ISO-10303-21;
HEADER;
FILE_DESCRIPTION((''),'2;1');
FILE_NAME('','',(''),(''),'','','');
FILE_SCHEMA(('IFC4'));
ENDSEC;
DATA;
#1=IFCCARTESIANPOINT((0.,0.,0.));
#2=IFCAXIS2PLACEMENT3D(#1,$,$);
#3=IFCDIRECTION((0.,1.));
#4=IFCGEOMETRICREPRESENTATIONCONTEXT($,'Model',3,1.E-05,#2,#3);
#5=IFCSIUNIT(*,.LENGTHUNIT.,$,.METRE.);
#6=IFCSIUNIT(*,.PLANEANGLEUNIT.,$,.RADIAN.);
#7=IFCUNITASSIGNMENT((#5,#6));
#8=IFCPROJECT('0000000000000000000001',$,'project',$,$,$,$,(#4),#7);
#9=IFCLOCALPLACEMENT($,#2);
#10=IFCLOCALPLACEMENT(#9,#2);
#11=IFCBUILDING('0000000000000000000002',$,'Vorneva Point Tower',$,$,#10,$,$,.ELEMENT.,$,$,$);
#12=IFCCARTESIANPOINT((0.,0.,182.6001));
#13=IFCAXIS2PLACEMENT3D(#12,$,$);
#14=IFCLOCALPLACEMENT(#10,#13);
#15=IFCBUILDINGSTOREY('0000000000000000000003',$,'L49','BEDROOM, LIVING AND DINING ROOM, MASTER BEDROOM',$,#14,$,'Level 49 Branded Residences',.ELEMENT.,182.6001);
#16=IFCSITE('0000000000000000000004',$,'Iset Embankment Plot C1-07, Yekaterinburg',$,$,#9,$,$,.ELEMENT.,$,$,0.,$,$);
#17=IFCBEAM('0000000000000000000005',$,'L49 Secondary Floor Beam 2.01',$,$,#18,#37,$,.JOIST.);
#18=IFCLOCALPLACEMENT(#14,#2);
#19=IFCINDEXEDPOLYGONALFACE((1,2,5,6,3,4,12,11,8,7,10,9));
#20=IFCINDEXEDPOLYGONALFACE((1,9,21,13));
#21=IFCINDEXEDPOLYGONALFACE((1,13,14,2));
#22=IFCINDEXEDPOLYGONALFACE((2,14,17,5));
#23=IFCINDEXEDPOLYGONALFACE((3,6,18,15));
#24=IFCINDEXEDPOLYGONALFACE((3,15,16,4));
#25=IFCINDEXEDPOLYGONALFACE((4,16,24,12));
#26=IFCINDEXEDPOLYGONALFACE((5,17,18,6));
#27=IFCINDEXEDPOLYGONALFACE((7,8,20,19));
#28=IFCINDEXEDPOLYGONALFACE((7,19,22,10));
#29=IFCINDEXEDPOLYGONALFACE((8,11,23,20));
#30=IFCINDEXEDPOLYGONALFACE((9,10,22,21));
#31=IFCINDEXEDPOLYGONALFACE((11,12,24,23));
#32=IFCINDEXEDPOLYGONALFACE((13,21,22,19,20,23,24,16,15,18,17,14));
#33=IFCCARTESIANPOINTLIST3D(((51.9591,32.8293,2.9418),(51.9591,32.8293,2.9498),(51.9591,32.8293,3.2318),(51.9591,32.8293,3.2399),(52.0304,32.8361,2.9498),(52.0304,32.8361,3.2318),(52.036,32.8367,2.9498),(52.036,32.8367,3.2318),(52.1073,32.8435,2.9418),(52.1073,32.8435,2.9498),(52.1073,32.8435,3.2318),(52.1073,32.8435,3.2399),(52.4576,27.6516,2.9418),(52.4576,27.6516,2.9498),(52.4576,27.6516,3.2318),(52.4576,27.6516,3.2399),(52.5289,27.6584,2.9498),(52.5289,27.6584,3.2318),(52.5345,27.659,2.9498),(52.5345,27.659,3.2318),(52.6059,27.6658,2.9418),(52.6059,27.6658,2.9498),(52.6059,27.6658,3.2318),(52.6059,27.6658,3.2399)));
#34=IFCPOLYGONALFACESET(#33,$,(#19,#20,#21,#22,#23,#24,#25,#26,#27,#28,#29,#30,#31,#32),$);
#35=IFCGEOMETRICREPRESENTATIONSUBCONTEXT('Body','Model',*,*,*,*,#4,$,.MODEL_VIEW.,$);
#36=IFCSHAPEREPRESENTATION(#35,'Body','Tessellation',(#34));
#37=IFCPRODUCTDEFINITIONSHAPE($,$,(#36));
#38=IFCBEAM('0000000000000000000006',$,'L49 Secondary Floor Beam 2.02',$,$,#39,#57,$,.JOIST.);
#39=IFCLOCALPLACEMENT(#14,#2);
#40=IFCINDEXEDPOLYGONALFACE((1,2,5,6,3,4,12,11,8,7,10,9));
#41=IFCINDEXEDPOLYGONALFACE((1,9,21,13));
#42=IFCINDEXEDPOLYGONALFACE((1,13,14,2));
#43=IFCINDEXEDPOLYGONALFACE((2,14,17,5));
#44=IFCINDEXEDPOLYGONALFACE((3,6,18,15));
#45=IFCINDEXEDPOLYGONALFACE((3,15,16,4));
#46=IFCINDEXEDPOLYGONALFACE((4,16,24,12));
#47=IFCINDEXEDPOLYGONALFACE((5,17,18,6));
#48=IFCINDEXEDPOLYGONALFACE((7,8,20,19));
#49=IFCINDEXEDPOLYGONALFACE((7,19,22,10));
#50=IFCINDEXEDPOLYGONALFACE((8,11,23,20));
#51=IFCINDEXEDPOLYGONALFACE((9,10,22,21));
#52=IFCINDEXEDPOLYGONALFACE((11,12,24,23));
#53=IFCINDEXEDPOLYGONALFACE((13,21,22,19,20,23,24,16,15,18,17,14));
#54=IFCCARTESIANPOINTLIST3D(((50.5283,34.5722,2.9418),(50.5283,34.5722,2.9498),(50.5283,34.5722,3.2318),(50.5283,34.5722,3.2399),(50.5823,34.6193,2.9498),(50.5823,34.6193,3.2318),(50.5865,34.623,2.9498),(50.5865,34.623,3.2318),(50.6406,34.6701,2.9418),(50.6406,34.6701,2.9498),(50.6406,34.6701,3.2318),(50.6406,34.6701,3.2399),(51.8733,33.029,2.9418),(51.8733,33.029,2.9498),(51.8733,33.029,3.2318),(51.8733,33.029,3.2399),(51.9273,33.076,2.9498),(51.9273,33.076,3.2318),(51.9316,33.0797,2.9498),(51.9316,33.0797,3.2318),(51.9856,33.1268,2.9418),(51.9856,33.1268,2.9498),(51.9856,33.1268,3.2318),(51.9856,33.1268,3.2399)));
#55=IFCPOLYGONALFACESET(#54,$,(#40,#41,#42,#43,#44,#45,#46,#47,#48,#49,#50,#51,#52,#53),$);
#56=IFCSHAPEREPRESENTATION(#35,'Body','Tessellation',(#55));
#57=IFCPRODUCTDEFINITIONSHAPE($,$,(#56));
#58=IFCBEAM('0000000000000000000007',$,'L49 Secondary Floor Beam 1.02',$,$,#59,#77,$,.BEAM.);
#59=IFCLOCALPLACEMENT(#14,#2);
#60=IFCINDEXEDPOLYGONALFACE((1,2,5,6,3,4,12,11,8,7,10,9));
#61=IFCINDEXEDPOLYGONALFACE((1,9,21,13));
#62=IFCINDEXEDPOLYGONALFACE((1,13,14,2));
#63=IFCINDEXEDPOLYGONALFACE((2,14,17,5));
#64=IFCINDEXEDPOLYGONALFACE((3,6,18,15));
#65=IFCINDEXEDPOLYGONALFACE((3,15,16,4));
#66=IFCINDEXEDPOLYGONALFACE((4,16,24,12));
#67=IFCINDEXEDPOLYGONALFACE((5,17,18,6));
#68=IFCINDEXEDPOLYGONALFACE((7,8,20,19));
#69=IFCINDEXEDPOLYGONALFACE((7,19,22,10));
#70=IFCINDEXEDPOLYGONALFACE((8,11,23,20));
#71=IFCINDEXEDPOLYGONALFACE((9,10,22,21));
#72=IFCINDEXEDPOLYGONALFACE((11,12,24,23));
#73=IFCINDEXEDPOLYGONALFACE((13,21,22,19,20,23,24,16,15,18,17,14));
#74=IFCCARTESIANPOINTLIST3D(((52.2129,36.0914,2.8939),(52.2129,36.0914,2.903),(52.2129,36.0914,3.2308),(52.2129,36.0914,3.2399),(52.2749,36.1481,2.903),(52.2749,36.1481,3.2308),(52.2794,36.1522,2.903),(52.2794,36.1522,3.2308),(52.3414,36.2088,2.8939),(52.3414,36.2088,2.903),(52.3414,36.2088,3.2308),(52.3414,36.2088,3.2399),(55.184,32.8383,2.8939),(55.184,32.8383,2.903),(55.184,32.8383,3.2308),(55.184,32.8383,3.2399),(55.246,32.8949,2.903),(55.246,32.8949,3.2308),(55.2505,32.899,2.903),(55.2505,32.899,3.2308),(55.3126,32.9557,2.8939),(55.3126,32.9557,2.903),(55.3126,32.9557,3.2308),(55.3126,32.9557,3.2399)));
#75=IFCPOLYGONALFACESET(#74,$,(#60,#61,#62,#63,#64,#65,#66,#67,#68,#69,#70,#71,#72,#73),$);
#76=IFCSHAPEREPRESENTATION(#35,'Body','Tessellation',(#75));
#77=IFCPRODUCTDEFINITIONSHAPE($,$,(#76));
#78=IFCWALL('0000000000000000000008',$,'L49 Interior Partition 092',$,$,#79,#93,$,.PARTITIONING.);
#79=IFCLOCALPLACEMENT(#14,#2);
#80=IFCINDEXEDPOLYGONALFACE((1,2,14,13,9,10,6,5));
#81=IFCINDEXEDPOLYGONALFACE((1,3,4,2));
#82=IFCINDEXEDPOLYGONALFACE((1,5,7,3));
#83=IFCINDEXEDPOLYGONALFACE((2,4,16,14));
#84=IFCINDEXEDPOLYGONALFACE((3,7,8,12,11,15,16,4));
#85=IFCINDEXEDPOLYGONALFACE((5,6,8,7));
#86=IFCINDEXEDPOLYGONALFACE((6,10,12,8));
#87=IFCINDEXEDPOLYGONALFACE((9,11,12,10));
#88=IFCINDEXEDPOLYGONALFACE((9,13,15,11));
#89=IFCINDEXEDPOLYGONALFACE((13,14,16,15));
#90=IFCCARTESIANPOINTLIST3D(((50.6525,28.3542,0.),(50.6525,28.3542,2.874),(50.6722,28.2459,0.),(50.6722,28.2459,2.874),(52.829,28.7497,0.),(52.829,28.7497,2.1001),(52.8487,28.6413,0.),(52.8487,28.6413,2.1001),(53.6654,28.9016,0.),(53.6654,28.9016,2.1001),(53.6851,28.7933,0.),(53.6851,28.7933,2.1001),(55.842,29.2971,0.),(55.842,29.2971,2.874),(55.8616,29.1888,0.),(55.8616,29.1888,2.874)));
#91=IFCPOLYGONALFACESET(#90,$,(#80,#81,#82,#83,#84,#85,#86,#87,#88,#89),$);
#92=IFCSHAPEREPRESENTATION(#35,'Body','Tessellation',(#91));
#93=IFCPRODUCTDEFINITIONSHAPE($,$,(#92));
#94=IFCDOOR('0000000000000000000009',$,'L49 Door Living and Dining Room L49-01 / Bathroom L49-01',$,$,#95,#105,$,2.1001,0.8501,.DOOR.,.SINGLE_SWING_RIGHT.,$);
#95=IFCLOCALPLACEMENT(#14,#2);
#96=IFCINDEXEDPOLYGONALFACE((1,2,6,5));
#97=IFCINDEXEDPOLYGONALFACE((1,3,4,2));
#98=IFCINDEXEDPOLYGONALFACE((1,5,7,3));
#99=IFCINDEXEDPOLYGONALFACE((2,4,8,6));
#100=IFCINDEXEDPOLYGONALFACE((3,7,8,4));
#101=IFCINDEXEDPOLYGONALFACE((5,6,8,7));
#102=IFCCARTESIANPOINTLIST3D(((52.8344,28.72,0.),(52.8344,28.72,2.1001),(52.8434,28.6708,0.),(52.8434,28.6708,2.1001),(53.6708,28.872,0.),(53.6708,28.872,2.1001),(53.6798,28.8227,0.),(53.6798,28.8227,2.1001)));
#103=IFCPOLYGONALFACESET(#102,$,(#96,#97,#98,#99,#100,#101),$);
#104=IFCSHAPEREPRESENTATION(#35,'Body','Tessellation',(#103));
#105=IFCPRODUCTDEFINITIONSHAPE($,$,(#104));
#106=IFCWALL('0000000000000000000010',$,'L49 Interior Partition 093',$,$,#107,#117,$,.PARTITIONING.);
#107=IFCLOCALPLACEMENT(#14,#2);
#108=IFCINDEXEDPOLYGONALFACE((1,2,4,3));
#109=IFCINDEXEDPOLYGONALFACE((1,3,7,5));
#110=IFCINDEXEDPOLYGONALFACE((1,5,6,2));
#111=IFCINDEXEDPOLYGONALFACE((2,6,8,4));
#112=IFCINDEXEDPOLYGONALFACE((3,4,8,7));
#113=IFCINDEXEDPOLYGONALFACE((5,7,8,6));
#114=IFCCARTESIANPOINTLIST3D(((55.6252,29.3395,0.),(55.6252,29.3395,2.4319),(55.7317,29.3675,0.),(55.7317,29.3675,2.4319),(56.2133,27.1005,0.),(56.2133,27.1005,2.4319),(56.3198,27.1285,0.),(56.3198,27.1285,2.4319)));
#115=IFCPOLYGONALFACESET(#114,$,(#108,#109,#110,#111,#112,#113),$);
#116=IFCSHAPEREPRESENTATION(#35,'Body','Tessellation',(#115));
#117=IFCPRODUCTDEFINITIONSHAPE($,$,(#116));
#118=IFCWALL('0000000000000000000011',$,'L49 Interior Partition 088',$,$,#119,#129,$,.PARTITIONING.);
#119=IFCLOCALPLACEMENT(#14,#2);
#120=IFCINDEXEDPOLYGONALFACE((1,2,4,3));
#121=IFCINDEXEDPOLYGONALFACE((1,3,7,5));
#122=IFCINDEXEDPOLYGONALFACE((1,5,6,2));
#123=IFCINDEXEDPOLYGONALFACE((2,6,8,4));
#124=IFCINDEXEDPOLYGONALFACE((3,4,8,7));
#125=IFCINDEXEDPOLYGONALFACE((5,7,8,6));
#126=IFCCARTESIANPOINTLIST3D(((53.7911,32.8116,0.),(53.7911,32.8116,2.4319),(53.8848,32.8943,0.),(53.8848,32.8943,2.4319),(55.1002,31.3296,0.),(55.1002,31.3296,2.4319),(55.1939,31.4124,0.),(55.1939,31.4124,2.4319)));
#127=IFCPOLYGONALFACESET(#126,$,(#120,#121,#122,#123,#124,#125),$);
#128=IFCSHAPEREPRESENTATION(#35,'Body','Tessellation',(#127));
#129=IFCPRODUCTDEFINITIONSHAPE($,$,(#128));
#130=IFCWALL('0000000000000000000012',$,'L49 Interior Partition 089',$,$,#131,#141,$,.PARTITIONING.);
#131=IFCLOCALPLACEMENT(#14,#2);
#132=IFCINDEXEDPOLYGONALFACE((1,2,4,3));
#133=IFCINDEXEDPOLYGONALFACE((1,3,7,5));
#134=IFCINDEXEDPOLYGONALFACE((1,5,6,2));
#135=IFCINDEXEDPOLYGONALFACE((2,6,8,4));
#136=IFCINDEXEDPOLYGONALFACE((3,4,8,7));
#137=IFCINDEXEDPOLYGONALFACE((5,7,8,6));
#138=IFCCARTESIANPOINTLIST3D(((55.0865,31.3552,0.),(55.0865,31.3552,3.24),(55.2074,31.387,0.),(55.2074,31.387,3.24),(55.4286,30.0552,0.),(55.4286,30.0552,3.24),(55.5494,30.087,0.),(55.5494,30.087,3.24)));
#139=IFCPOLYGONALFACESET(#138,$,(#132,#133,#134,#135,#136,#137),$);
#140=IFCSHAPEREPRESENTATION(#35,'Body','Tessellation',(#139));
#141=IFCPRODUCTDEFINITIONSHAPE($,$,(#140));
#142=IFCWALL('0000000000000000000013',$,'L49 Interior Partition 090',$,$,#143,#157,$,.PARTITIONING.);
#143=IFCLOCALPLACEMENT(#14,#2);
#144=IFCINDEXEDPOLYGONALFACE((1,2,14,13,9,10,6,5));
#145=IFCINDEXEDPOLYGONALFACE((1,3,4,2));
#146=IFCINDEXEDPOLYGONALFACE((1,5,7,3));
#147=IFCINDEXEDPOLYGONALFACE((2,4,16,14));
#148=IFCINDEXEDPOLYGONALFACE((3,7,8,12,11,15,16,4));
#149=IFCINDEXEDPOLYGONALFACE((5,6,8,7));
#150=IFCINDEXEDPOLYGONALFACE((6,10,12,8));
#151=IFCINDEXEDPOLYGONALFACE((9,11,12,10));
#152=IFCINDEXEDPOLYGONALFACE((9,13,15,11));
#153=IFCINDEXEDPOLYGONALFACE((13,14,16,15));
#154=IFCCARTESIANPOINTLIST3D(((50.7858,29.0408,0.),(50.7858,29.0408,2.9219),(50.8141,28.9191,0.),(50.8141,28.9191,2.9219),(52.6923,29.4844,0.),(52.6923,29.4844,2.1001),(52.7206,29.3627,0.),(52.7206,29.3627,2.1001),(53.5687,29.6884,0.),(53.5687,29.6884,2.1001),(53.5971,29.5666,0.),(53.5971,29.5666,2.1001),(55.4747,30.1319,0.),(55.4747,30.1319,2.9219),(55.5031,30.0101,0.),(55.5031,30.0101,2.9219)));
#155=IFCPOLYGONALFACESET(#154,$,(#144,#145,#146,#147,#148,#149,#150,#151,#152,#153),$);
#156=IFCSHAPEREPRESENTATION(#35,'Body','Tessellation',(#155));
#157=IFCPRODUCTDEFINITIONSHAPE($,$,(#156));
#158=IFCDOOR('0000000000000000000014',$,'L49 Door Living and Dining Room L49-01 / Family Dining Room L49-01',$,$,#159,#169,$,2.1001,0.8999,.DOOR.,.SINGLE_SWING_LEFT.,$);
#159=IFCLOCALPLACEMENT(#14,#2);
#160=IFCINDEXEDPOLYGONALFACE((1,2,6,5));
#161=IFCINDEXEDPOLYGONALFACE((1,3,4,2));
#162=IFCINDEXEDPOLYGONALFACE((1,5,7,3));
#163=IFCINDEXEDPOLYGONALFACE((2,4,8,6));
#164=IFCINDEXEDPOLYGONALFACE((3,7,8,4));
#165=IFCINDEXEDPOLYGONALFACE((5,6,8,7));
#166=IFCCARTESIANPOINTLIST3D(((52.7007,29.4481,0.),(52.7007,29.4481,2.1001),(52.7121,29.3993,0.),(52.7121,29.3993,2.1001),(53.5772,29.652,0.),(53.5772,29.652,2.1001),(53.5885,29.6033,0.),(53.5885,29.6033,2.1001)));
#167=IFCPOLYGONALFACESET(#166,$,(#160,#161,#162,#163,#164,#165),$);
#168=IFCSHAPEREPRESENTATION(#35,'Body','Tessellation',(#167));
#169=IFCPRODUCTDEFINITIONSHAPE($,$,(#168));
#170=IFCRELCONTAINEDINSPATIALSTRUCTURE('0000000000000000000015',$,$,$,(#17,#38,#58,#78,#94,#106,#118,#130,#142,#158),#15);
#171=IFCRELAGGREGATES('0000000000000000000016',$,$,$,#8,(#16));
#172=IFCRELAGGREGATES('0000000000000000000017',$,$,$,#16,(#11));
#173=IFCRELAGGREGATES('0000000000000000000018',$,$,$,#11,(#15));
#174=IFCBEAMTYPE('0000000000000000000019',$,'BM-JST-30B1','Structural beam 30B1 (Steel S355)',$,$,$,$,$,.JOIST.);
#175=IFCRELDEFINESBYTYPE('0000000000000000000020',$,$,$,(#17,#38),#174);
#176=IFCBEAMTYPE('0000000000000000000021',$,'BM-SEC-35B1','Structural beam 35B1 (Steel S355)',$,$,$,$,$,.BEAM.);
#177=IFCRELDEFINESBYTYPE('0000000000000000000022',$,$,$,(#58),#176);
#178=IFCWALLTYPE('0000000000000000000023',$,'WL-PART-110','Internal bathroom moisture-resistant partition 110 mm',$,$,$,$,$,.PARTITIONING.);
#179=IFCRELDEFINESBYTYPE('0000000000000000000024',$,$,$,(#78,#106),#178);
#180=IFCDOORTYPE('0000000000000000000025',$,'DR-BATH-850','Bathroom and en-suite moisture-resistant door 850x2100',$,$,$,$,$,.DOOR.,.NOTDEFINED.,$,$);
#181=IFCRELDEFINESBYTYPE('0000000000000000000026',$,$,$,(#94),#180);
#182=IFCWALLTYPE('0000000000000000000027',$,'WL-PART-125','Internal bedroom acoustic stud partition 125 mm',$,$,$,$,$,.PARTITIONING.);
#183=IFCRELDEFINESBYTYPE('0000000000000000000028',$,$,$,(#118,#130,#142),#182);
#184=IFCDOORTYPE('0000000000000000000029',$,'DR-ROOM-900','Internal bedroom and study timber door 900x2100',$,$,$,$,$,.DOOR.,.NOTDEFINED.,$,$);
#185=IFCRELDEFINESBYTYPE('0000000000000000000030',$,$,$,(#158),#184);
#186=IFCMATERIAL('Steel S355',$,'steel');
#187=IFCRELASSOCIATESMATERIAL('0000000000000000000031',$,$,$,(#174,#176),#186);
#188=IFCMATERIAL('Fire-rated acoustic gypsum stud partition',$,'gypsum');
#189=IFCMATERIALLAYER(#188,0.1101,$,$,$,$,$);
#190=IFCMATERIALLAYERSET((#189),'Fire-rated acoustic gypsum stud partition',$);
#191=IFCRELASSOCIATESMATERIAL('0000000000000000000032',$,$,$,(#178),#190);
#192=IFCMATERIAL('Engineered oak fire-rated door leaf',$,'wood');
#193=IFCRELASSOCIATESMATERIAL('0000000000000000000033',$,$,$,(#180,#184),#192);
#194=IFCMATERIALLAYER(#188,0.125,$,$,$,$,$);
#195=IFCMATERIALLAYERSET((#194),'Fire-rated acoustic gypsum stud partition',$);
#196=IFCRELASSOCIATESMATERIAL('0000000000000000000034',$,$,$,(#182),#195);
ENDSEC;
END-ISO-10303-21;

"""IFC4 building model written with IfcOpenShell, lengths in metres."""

from ifc_helpers import new_model, si_unit, direction, frame, frame_2d, origin, origin_2d, place, context, subcontext, project, spatial, rectangle, i_section, extrude, material, layer, layer_set, material_profile, profile_set, type_object, element, fill, save


model = new_model("IFC4")

# Units and contexts
model_context = context("Model", 3, precision=1e-05, world=origin(), true_north=direction((0.0, 1.0)))
body_context = subcontext(model_context, "Body", "Model", "MODEL_VIEW")
ifc_project = project(units=[si_unit("LENGTHUNIT", "METRE"), si_unit("PLANEANGLEUNIT", "RADIAN")], contexts=[model_context])

# Site, building, storey
site_placement = place(None, origin())
site = spatial("IfcSite", under=ifc_project, at=site_placement, Name="Iset Embankment Plot C1-07, Yekaterinburg", CompositionType="ELEMENT", RefElevation=0.0)
building_placement = place(site_placement, origin())
building = spatial("IfcBuilding", under=site, at=building_placement, Name="Vorneva Point Tower", CompositionType="ELEMENT")
storey_placement = place(building_placement, frame((0.0, 0.0, 182.6001)))
storey = spatial("IfcBuildingStorey", under=building, at=storey_placement, Name="L49", Description="BEDROOM, LIVING AND DINING ROOM, MASTER BEDROOM", LongName="Level 49 Branded Residences", CompositionType="ELEMENT", Elevation=182.6001)

# Beams
ifc_material_1 = material(Name="Steel S355", Category="steel")
ifc_material_profile_1 = material_profile(ifc_material_1, i_section(OverallWidth=0.1489, OverallDepth=0.2981, WebThickness=0.0056, FlangeThickness=0.0081, at=origin_2d()), Name="30B1")
ifc_profile_set_1 = profile_set([ifc_material_profile_1], Name="Steel S355")
beam_type_1 = type_object("IfcBeamType", Name="BM-JST-30B1", Description="Structural beam 30B1 (Steel S355)", PredefinedType="JOIST", material=ifc_profile_set_1)
beam_1_placement = place(storey_placement, frame((52.5317, 27.6587, 3.0908), z_axis=(-0.095841, 0.995397, 0.0), x_axis=(-0.995397, -0.095841, 0.0)))
element("IfcBeam", 1, at=beam_1_placement, inside=storey, type_object=beam_type_1, Name="L49 Secondary Floor Beam 2.01", PredefinedType="JOIST", context=body_context, shape_type="SweptSolid", body=[
    extrude(i_section(OverallWidth=0.1489, OverallDepth=0.2981, WebThickness=0.0056, FlangeThickness=0.0081, at=origin_2d()), origin(), (0.0, 0.0, 1.0), 5.2017),
])
beam_2_placement = place(storey_placement, frame((51.9294, 33.0779, 3.0908), z_axis=(-0.657026, 0.753868, 0.0), x_axis=(-0.753868, -0.657026, 0.0)))
element("IfcBeam", 2, at=beam_2_placement, inside=storey, type_object=beam_type_1, Name="L49 Secondary Floor Beam 2.02", PredefinedType="JOIST", context=body_context, shape_type="SweptSolid", body=[
    extrude(i_section(OverallWidth=0.1489, OverallDepth=0.2981, WebThickness=0.0056, FlangeThickness=0.0081, at=origin_2d()), origin(), (0.0, 0.0, 1.0), 2.0471),
])
ifc_material_profile_2 = material_profile(ifc_material_1, i_section(OverallWidth=0.1741, OverallDepth=0.3459, WebThickness=0.0061, FlangeThickness=0.009, at=origin_2d()), Name="35B1")
ifc_profile_set_2 = profile_set([ifc_material_profile_2], Name="Steel S355")
beam_type_2 = type_object("IfcBeamType", Name="BM-SEC-35B1", Description="Structural beam 35B1 (Steel S355)", PredefinedType="BEAM", material=ifc_profile_set_2)
beam_3_placement = place(storey_placement, frame((55.2483, 32.897, 3.0669), z_axis=(-0.674381, 0.738384, 0.0), x_axis=(-0.738384, -0.674381, 0.0)))
element("IfcBeam", 3, at=beam_3_placement, inside=storey, type_object=beam_type_2, Name="L49 Secondary Floor Beam 1.02", PredefinedType="BEAM", context=body_context, shape_type="SweptSolid", body=[
    extrude(i_section(OverallWidth=0.1741, OverallDepth=0.3459, WebThickness=0.0061, FlangeThickness=0.009, at=origin_2d()), origin(), (0.0, 0.0, 1.0), 4.4058),
])

# Wall, opening, door
ifc_material_2 = material(Name="Fire-rated acoustic gypsum stud partition", Category="gypsum")
ifc_layer_1 = layer(ifc_material_2, 0.1101)
ifc_layer_set_1 = layer_set([ifc_layer_1], Name="Fire-rated acoustic gypsum stud partition")
wall_type_1 = type_object("IfcWallType", Name="WL-PART-110", Description="Internal bathroom moisture-resistant partition 110 mm", PredefinedType="PARTITIONING", material=ifc_layer_set_1)
wall_1_placement = place(storey_placement, frame((50.6624, 28.3, 0.0), z_axis=(0.0, 0.0, 1.0), x_axis=(0.983892, 0.178763, 0.0)))
wall_1 = element("IfcWall", 4, at=wall_1_placement, inside=storey, type_object=wall_type_1, Name="L49 Interior Partition 092", PredefinedType="PARTITIONING", context=body_context, shape_type="SweptSolid", body=[
    extrude(rectangle(XDim=5.2744, YDim=0.1101, at=frame_2d((2.6372, 0.0))), origin(), (0.0, 0.0, 1.0), 2.874),
])
opening_1_placement = place(wall_1_placement, frame((2.2122, 0.0, 0.0)))
opening_1 = element("IfcOpeningElement", 5, at=opening_1_placement, cuts=wall_1, PredefinedType="OPENING", context=body_context, shape_type="SweptSolid", body=[
    extrude(rectangle(XDim=0.8501, YDim=2.1001, at=frame_2d((0.425, 1.05))), frame((0.0, 0.0698, 0.0), z_axis=(0.0, -1.0, 0.0), x_axis=(1.0, 0.0, 0.0)), (0.0, 0.0, 1.0), 0.1399),
])
ifc_material_3 = material(Name="Engineered oak fire-rated door leaf", Category="wood")
door_type_1 = type_object("IfcDoorType", Name="DR-BATH-850", Description="Bathroom and en-suite moisture-resistant door 850x2100", OperationType="NOTDEFINED", PredefinedType="DOOR", material=ifc_material_3)
door_1_placement = place(opening_1_placement, origin())
door_1 = element("IfcDoor", 6, at=door_1_placement, inside=storey, type_object=door_type_1, Name="L49 Door Living and Dining Room L49-01 / Bathroom L49-01", OperationType="SINGLE_SWING_RIGHT", OverallHeight=2.1001, OverallWidth=0.8501, PredefinedType="DOOR", context=body_context, shape_type="SweptSolid", body=[
    extrude(rectangle(XDim=0.8501, YDim=2.1001, at=frame_2d((0.425, 1.05))), frame((0.0, 0.0249, 0.0), z_axis=(0.0, -1.0, 0.0), x_axis=(1.0, 0.0, 0.0)), (0.0, 0.0, 1.0), 0.05),
])
fill(opening_1, door_1)

# Walls
wall_2_placement = place(storey_placement, frame((55.6785, 29.3535, 0.0), z_axis=(0.0, 0.0, 1.0), x_axis=(0.254057, -0.967189, 0.0)))
element("IfcWall", 7, at=wall_2_placement, inside=storey, type_object=wall_type_1, Name="L49 Interior Partition 093", PredefinedType="PARTITIONING", context=body_context, shape_type="SweptSolid", body=[
    extrude(rectangle(XDim=2.3149, YDim=0.1101, at=frame_2d((1.1575, 0.0))), origin(), (0.0, 0.0, 1.0), 2.4319),
])
ifc_layer_2 = layer(ifc_material_2, 0.125)
ifc_layer_set_2 = layer_set([ifc_layer_2], Name="Fire-rated acoustic gypsum stud partition")
wall_type_2 = type_object("IfcWallType", Name="WL-PART-125", Description="Internal bedroom acoustic stud partition 125 mm", PredefinedType="PARTITIONING", material=ifc_layer_set_2)
wall_3_placement = place(storey_placement, frame((53.8379, 32.853, 0.0), z_axis=(0.0, 0.0, 1.0), x_axis=(0.662046, -0.749463, 0.0)))
element("IfcWall", 8, at=wall_3_placement, inside=storey, type_object=wall_type_2, Name="L49 Interior Partition 088", PredefinedType="PARTITIONING", context=body_context, shape_type="SweptSolid", body=[
    extrude(rectangle(XDim=1.9773, YDim=0.125, at=frame_2d((0.9888, 0.0))), origin(), (0.0, 0.0, 1.0), 2.4319),
])
wall_4_placement = place(storey_placement, frame((55.147, 31.3711, 0.0), z_axis=(0.0, 0.0, 1.0), x_axis=(0.25444, -0.967089, 0.0)))
element("IfcWall", 9, at=wall_4_placement, inside=storey, type_object=wall_type_2, Name="L49 Interior Partition 089", PredefinedType="PARTITIONING", context=body_context, shape_type="SweptSolid", body=[
    extrude(rectangle(XDim=1.3442, YDim=0.125, at=frame_2d((0.6721, 0.0))), origin(), (0.0, 0.0, 1.0), 3.24),
])

# Wall, opening, door
wall_5_placement = place(storey_placement, frame((55.489, 30.071, 0.0), z_axis=(0.0, 0.0, 1.0), x_axis=(-0.97398, -0.226633, 0.0)))
wall_5 = element("IfcWall", 10, at=wall_5_placement, inside=storey, type_object=wall_type_2, Name="L49 Interior Partition 090", PredefinedType="PARTITIONING", context=body_context, shape_type="SweptSolid", body=[
    extrude(rectangle(XDim=4.8142, YDim=0.125, at=frame_2d((2.4072, 0.0))), origin(), (0.0, 0.0, 1.0), 2.9219),
])
opening_2_placement = place(wall_5_placement, frame((1.957, 0.0, 0.0)))
opening_2 = element("IfcOpeningElement", 11, at=opening_2_placement, cuts=wall_5, PredefinedType="OPENING", context=body_context, shape_type="SweptSolid", body=[
    extrude(rectangle(XDim=0.8999, YDim=2.1001, at=frame_2d((0.45, 1.05))), frame((0.0, 0.0774, 0.0), z_axis=(0.0, -1.0, 0.0), x_axis=(1.0, 0.0, 0.0)), (0.0, 0.0, 1.0), 0.1548),
])
door_type_2 = type_object("IfcDoorType", Name="DR-ROOM-900", Description="Internal bedroom and study timber door 900x2100", OperationType="NOTDEFINED", PredefinedType="DOOR", material=ifc_material_3)
door_2_placement = place(opening_2_placement, origin())
door_2 = element("IfcDoor", 12, at=door_2_placement, inside=storey, type_object=door_type_2, Name="L49 Door Living and Dining Room L49-01 / Family Dining Room L49-01", OperationType="SINGLE_SWING_LEFT", OverallHeight=2.1001, OverallWidth=0.8999, PredefinedType="DOOR", context=body_context, shape_type="SweptSolid", body=[
    extrude(rectangle(XDim=0.8999, YDim=2.1001, at=frame_2d((0.45, 1.05))), frame((0.0, 0.0249, 0.0), z_axis=(0.0, -1.0, 0.0), x_axis=(1.0, 0.0, 0.0)), (0.0, 0.0, 1.0), 0.05),
])
fill(opening_2, door_2)

save(model, "model.ifc")
